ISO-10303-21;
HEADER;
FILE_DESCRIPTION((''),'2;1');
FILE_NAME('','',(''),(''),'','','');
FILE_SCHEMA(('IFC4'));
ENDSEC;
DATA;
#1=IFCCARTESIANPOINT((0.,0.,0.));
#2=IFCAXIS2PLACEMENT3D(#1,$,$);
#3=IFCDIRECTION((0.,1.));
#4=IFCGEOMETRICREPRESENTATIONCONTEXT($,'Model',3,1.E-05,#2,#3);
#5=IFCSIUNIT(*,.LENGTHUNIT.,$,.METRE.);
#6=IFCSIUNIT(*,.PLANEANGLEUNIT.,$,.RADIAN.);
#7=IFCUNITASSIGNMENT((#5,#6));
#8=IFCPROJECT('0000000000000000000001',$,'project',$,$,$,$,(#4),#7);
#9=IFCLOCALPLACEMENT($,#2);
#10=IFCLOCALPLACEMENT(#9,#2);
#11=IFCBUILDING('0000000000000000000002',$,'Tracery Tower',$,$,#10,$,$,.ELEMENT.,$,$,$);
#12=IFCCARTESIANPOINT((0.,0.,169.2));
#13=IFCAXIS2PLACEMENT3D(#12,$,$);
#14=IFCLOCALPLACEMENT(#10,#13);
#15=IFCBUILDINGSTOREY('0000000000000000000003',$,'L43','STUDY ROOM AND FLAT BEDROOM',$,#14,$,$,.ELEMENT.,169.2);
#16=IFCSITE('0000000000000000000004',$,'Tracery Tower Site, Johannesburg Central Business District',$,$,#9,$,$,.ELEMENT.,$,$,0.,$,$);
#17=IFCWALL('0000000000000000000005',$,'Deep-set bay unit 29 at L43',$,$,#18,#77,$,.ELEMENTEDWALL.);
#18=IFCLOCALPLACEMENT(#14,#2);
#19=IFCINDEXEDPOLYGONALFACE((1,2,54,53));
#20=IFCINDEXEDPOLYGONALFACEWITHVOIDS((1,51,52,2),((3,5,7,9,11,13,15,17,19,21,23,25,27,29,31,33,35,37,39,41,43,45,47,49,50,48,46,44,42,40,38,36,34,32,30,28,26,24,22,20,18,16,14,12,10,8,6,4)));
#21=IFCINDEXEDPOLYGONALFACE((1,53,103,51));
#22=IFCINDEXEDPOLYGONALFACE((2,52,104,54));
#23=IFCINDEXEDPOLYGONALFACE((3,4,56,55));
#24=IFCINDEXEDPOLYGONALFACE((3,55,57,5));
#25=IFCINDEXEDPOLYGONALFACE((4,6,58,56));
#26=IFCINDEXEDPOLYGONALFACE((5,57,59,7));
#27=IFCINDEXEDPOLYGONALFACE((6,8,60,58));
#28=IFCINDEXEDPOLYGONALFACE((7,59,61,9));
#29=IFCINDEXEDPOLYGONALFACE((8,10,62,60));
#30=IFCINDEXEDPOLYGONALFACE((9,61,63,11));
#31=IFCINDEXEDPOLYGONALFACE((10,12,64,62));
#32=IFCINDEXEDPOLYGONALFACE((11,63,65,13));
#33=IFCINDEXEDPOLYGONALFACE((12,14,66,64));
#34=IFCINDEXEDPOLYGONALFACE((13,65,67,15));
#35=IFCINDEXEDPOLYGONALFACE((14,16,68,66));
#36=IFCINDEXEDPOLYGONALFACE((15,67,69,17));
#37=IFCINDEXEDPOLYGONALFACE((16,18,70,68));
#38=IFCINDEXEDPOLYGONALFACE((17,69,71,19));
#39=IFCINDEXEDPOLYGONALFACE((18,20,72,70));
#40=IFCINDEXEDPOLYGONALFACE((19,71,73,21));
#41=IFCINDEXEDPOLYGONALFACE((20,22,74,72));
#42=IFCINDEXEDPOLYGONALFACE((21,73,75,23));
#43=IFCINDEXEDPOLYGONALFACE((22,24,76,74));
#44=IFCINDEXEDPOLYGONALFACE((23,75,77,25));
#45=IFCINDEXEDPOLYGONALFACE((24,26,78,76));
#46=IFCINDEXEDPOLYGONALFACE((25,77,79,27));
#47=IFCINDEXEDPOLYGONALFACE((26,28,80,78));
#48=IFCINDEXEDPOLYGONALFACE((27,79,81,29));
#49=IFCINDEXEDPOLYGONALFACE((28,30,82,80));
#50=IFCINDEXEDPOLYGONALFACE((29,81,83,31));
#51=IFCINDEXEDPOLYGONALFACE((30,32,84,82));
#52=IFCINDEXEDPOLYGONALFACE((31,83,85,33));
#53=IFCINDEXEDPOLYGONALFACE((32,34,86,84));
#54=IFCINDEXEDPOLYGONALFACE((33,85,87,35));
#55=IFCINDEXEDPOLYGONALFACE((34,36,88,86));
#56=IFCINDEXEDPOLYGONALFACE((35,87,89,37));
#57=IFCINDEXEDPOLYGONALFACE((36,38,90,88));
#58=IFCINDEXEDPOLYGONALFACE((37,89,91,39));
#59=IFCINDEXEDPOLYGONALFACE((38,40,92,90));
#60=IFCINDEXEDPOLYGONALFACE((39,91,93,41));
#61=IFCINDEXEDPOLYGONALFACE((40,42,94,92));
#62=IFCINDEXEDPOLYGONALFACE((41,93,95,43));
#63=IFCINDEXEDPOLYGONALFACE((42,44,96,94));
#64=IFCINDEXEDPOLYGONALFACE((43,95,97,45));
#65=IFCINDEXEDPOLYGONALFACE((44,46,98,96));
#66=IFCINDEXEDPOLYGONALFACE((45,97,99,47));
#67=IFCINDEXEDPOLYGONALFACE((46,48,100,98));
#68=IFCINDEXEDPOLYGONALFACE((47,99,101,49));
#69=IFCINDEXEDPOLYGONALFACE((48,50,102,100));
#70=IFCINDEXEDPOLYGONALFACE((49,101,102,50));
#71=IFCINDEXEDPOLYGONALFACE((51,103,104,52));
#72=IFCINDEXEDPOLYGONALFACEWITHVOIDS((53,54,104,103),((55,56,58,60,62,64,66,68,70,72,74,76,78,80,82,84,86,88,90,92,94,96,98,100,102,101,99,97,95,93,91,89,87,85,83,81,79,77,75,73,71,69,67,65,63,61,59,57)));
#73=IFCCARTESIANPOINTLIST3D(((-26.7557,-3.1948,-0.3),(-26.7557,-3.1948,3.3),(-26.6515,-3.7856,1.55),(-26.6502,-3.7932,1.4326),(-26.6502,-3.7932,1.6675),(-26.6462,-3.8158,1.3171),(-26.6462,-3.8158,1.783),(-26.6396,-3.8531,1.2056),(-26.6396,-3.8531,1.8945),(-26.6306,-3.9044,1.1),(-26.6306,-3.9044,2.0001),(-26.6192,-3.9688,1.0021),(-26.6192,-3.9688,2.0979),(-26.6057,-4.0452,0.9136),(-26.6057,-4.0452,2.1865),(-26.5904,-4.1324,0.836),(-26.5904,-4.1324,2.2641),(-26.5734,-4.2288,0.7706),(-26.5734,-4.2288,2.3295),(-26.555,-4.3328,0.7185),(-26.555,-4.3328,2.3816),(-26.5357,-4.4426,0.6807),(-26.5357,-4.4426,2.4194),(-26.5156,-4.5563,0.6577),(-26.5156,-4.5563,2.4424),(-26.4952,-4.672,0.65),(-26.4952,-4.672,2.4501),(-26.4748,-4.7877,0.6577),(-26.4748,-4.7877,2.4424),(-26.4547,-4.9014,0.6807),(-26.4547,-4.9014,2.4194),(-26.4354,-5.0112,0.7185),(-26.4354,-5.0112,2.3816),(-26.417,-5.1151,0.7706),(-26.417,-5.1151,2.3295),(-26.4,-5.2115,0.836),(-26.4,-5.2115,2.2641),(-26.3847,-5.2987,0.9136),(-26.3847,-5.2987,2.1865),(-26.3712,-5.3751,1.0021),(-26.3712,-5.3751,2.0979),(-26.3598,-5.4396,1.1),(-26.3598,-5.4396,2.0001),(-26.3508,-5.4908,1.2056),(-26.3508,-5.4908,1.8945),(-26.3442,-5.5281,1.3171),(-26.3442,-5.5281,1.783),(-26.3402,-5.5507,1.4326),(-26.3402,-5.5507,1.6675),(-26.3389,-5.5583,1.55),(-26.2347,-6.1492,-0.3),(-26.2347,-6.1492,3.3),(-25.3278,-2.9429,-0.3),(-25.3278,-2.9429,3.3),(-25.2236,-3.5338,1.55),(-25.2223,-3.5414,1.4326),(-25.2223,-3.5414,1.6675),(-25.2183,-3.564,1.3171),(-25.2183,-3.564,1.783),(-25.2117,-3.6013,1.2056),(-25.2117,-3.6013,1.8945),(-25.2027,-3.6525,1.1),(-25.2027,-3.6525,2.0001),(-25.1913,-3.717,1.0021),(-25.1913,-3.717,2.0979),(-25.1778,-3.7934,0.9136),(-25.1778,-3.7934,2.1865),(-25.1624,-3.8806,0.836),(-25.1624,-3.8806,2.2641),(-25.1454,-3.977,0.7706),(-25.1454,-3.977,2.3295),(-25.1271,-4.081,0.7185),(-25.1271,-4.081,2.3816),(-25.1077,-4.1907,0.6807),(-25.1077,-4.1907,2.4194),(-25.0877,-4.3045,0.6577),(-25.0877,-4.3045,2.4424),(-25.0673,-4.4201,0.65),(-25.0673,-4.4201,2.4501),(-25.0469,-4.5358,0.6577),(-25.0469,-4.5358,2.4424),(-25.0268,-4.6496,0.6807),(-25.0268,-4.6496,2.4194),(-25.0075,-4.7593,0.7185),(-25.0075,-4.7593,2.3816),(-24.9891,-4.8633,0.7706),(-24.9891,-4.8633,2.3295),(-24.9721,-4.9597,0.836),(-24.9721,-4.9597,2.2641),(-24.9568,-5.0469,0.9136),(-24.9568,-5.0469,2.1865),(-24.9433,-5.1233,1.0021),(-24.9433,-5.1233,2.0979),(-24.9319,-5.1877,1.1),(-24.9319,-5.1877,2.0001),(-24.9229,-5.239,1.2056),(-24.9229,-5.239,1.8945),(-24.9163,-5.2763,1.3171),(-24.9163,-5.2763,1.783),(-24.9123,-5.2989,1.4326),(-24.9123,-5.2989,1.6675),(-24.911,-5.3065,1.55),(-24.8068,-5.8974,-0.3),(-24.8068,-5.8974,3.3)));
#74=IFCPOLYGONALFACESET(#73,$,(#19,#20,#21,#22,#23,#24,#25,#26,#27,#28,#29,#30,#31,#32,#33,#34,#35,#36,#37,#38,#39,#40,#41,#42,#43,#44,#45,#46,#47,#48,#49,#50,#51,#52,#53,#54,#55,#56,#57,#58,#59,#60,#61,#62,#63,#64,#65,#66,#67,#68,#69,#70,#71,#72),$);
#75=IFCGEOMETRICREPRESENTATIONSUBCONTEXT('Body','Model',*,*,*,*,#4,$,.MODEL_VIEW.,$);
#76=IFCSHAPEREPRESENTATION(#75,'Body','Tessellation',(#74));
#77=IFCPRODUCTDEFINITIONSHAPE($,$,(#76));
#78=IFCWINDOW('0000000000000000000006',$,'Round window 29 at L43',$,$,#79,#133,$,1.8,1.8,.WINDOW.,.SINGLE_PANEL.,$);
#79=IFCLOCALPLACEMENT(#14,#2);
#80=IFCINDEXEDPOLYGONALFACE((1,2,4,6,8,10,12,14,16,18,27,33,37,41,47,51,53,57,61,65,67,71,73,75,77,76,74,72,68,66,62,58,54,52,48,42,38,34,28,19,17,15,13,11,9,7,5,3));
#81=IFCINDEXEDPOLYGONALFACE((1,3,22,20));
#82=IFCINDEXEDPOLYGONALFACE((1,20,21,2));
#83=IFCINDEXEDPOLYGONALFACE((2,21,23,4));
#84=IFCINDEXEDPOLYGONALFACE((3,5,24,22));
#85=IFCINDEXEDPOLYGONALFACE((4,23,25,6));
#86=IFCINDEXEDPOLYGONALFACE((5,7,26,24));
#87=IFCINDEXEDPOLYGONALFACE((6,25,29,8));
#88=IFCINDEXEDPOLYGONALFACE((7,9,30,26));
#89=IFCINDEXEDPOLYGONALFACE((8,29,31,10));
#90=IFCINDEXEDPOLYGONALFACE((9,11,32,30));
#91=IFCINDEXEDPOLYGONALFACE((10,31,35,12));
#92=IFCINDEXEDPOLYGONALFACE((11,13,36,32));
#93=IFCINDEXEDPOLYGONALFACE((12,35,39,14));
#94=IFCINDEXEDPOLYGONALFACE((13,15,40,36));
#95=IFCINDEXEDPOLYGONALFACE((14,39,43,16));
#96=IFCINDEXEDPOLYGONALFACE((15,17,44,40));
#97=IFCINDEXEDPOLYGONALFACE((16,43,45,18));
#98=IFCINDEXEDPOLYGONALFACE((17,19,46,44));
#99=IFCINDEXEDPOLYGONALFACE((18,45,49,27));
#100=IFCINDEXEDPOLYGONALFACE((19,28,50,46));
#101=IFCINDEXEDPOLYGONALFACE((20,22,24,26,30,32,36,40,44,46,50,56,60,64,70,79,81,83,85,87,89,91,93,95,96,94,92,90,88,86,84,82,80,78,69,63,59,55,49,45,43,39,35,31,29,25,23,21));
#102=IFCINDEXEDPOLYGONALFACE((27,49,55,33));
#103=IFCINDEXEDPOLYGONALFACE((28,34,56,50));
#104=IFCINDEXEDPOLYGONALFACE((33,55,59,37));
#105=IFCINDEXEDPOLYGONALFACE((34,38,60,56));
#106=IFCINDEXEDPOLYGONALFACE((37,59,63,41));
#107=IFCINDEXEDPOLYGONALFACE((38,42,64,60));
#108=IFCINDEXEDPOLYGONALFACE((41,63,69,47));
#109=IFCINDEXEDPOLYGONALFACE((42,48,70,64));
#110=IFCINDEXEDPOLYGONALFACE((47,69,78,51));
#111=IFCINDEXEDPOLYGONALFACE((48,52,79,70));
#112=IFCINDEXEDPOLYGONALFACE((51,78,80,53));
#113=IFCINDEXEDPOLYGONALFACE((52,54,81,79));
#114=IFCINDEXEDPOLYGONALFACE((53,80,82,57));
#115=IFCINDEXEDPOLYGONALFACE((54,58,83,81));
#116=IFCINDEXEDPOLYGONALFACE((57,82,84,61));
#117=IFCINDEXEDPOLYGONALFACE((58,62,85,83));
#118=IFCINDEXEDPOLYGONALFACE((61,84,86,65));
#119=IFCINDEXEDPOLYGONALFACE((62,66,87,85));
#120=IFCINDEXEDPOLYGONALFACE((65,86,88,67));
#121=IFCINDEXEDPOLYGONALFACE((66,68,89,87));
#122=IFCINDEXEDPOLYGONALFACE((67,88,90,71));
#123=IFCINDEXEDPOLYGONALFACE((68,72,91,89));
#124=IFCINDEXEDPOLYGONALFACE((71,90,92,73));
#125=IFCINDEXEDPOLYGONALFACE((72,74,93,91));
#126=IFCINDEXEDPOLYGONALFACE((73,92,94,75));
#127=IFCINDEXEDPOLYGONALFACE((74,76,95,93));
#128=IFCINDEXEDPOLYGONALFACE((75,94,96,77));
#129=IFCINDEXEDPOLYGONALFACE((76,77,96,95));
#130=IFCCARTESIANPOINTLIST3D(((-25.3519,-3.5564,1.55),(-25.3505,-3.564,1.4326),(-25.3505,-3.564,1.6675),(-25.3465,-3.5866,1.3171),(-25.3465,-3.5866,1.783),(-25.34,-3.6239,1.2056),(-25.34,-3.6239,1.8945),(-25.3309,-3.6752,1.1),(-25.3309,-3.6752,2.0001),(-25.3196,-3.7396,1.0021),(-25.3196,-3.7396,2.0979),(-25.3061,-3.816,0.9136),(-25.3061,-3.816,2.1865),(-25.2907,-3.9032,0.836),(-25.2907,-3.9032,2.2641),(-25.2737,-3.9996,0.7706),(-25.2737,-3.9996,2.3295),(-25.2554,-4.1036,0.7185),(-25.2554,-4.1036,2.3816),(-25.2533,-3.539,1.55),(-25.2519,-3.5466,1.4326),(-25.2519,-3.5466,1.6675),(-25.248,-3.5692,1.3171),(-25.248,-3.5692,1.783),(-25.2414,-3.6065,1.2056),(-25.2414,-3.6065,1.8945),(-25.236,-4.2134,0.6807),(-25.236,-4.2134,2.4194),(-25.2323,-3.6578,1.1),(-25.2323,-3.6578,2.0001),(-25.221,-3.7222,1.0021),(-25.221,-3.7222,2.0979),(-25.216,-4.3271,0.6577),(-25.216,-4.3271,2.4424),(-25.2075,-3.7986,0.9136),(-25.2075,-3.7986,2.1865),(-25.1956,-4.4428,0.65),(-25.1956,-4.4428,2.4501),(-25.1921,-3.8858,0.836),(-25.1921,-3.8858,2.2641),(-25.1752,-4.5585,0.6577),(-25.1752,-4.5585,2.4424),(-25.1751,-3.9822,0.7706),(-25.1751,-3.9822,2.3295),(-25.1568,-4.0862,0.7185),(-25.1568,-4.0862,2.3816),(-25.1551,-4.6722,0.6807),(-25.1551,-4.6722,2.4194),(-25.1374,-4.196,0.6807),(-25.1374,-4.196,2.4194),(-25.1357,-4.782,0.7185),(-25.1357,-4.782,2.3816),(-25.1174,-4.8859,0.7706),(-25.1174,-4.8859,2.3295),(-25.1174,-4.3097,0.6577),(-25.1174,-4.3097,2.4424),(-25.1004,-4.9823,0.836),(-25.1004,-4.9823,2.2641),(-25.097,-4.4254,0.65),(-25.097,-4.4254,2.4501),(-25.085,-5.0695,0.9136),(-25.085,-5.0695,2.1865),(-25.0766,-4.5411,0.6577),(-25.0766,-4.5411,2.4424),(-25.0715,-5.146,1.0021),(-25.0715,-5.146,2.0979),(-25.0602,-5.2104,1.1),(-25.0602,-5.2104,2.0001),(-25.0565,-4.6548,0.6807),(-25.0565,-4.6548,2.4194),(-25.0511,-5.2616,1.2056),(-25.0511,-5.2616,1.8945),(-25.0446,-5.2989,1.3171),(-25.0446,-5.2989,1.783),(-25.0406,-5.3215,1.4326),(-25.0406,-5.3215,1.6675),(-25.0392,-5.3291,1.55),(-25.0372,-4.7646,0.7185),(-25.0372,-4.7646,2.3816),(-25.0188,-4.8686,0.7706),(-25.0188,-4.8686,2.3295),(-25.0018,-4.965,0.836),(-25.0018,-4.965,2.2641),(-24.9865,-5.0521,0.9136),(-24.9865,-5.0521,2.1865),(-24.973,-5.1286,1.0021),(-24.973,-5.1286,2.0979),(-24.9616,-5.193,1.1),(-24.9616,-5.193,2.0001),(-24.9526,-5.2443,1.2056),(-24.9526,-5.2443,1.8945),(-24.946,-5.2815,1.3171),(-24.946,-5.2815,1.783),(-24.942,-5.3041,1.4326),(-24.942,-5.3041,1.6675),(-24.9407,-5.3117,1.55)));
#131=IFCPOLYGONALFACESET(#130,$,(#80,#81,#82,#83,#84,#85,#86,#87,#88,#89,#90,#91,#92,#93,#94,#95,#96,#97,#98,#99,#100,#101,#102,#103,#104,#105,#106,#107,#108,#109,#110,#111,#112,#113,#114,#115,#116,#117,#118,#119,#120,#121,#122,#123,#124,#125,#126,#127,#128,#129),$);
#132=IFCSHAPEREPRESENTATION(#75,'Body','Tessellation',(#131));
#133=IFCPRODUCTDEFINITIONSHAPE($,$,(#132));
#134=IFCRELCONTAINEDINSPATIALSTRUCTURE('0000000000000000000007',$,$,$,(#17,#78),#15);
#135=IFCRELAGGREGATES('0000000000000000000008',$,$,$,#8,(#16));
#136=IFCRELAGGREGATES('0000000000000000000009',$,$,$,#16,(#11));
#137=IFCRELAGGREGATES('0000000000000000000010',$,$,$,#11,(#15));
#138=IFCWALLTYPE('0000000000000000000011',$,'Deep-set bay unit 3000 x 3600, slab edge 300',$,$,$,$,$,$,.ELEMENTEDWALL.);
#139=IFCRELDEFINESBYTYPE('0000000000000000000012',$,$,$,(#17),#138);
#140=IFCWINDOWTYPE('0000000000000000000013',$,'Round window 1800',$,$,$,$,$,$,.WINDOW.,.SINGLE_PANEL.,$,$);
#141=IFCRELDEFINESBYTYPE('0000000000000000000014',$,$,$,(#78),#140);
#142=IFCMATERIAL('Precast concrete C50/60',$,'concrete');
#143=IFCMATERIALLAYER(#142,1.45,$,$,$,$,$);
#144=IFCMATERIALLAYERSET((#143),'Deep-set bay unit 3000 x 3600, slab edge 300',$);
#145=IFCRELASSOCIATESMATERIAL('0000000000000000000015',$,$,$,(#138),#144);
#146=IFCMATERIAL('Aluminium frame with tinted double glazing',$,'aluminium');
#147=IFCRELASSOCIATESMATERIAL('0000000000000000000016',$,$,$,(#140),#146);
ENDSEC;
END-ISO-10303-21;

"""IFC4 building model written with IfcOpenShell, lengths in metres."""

from ifc_helpers import new_model, si_unit, direction, frame, frame_2d, origin, origin_2d, place, context, subcontext, project, spatial, rectangle, circle, extrude, material, layer, layer_set, type_object, element, fill, save


model = new_model("IFC4")

# Units and contexts
model_context = context("Model", 3, precision=1e-05, world=origin(), true_north=direction((0.0, 1.0)))
body_context = subcontext(model_context, "Body", "Model", "MODEL_VIEW")
ifc_project = project(units=[si_unit("LENGTHUNIT", "METRE"), si_unit("PLANEANGLEUNIT", "RADIAN")], contexts=[model_context])

# Site, building, storey
site_placement = place(None, origin())
site = spatial("IfcSite", under=ifc_project, at=site_placement, Name="Tracery Tower Site, Johannesburg Central Business District", CompositionType="ELEMENT", RefElevation=0.0)
building_placement = place(site_placement, origin())
building = spatial("IfcBuilding", under=site, at=building_placement, Name="Tracery Tower", CompositionType="ELEMENT")
storey_placement = place(building_placement, frame((0.0, 0.0, 169.2)))
storey = spatial("IfcBuildingStorey", under=building, at=storey_placement, Name="L43", Description="STUDY ROOM AND FLAT BEDROOM", CompositionType="ELEMENT", Elevation=169.2)

# Wall, opening, window
ifc_material_1 = material(Name="Precast concrete C50/60", Category="concrete")
ifc_layer_1 = layer(ifc_material_1, 1.45)
ifc_layer_set_1 = layer_set([ifc_layer_1], Name="Deep-set bay unit 3000 x 3600, slab edge 300")
wall_type_1 = type_object("IfcWallType", Name="Deep-set bay unit 3000 x 3600, slab edge 300", PredefinedType="ELEMENTEDWALL", material=ifc_layer_set_1)
wall_1_placement = place(storey_placement, frame((-26.0417, -3.0688, -0.3), z_axis=(0.0, 0.0, 1.0), x_axis=(0.173669, -0.984804, 0.0)))
wall_1 = element("IfcWall", 1, at=wall_1_placement, inside=storey, type_object=wall_type_1, Name="Deep-set bay unit 29 at L43", PredefinedType="ELEMENTEDWALL", context=body_context, shape_type="SweptSolid", body=[
    extrude(rectangle(XDim=3.0, YDim=1.45, at=frame_2d((1.5, 0.0))), origin(), (0.0, 0.0, 1.0), 3.6001),
])
opening_1_placement = place(wall_1_placement, frame((1.5, 0.0, 1.8501)))
opening_1 = element("IfcOpeningElement", 2, at=opening_1_placement, cuts=wall_1, PredefinedType="OPENING", context=body_context, shape_type="SweptSolid", body=[
    extrude(circle(Radius=0.9, at=origin_2d()), frame((0.0, 0.7349, 0.0), z_axis=(0.0, -1.0, 0.0), x_axis=(1.0, 0.0, 0.0)), (0.0, 0.0, 1.0), 1.47),
])
ifc_material_2 = material(Name="Aluminium frame with tinted double glazing", Category="aluminium")
window_type = type_object("IfcWindowType", Name="Round window 1800", PartitioningType="SINGLE_PANEL", PredefinedType="WINDOW", material=ifc_material_2)
window_1_placement = place(opening_1_placement, origin())
window_1 = element("IfcWindow", 3, at=window_1_placement, inside=storey, type_object=window_type, Name="Round window 29 at L43", OverallHeight=1.8, OverallWidth=1.8, PartitioningType="SINGLE_PANEL", PredefinedType="WINDOW", context=body_context, shape_type="SweptSolid", body=[
    extrude(circle(Radius=0.9, at=origin_2d()), frame((0.0, 0.6948, 0.0), z_axis=(0.0, -1.0, 0.0), x_axis=(1.0, 0.0, 0.0)), (0.0, 0.0, 1.0), 0.1001),
])
fill(opening_1, window_1)

save(model, "model.ifc")
